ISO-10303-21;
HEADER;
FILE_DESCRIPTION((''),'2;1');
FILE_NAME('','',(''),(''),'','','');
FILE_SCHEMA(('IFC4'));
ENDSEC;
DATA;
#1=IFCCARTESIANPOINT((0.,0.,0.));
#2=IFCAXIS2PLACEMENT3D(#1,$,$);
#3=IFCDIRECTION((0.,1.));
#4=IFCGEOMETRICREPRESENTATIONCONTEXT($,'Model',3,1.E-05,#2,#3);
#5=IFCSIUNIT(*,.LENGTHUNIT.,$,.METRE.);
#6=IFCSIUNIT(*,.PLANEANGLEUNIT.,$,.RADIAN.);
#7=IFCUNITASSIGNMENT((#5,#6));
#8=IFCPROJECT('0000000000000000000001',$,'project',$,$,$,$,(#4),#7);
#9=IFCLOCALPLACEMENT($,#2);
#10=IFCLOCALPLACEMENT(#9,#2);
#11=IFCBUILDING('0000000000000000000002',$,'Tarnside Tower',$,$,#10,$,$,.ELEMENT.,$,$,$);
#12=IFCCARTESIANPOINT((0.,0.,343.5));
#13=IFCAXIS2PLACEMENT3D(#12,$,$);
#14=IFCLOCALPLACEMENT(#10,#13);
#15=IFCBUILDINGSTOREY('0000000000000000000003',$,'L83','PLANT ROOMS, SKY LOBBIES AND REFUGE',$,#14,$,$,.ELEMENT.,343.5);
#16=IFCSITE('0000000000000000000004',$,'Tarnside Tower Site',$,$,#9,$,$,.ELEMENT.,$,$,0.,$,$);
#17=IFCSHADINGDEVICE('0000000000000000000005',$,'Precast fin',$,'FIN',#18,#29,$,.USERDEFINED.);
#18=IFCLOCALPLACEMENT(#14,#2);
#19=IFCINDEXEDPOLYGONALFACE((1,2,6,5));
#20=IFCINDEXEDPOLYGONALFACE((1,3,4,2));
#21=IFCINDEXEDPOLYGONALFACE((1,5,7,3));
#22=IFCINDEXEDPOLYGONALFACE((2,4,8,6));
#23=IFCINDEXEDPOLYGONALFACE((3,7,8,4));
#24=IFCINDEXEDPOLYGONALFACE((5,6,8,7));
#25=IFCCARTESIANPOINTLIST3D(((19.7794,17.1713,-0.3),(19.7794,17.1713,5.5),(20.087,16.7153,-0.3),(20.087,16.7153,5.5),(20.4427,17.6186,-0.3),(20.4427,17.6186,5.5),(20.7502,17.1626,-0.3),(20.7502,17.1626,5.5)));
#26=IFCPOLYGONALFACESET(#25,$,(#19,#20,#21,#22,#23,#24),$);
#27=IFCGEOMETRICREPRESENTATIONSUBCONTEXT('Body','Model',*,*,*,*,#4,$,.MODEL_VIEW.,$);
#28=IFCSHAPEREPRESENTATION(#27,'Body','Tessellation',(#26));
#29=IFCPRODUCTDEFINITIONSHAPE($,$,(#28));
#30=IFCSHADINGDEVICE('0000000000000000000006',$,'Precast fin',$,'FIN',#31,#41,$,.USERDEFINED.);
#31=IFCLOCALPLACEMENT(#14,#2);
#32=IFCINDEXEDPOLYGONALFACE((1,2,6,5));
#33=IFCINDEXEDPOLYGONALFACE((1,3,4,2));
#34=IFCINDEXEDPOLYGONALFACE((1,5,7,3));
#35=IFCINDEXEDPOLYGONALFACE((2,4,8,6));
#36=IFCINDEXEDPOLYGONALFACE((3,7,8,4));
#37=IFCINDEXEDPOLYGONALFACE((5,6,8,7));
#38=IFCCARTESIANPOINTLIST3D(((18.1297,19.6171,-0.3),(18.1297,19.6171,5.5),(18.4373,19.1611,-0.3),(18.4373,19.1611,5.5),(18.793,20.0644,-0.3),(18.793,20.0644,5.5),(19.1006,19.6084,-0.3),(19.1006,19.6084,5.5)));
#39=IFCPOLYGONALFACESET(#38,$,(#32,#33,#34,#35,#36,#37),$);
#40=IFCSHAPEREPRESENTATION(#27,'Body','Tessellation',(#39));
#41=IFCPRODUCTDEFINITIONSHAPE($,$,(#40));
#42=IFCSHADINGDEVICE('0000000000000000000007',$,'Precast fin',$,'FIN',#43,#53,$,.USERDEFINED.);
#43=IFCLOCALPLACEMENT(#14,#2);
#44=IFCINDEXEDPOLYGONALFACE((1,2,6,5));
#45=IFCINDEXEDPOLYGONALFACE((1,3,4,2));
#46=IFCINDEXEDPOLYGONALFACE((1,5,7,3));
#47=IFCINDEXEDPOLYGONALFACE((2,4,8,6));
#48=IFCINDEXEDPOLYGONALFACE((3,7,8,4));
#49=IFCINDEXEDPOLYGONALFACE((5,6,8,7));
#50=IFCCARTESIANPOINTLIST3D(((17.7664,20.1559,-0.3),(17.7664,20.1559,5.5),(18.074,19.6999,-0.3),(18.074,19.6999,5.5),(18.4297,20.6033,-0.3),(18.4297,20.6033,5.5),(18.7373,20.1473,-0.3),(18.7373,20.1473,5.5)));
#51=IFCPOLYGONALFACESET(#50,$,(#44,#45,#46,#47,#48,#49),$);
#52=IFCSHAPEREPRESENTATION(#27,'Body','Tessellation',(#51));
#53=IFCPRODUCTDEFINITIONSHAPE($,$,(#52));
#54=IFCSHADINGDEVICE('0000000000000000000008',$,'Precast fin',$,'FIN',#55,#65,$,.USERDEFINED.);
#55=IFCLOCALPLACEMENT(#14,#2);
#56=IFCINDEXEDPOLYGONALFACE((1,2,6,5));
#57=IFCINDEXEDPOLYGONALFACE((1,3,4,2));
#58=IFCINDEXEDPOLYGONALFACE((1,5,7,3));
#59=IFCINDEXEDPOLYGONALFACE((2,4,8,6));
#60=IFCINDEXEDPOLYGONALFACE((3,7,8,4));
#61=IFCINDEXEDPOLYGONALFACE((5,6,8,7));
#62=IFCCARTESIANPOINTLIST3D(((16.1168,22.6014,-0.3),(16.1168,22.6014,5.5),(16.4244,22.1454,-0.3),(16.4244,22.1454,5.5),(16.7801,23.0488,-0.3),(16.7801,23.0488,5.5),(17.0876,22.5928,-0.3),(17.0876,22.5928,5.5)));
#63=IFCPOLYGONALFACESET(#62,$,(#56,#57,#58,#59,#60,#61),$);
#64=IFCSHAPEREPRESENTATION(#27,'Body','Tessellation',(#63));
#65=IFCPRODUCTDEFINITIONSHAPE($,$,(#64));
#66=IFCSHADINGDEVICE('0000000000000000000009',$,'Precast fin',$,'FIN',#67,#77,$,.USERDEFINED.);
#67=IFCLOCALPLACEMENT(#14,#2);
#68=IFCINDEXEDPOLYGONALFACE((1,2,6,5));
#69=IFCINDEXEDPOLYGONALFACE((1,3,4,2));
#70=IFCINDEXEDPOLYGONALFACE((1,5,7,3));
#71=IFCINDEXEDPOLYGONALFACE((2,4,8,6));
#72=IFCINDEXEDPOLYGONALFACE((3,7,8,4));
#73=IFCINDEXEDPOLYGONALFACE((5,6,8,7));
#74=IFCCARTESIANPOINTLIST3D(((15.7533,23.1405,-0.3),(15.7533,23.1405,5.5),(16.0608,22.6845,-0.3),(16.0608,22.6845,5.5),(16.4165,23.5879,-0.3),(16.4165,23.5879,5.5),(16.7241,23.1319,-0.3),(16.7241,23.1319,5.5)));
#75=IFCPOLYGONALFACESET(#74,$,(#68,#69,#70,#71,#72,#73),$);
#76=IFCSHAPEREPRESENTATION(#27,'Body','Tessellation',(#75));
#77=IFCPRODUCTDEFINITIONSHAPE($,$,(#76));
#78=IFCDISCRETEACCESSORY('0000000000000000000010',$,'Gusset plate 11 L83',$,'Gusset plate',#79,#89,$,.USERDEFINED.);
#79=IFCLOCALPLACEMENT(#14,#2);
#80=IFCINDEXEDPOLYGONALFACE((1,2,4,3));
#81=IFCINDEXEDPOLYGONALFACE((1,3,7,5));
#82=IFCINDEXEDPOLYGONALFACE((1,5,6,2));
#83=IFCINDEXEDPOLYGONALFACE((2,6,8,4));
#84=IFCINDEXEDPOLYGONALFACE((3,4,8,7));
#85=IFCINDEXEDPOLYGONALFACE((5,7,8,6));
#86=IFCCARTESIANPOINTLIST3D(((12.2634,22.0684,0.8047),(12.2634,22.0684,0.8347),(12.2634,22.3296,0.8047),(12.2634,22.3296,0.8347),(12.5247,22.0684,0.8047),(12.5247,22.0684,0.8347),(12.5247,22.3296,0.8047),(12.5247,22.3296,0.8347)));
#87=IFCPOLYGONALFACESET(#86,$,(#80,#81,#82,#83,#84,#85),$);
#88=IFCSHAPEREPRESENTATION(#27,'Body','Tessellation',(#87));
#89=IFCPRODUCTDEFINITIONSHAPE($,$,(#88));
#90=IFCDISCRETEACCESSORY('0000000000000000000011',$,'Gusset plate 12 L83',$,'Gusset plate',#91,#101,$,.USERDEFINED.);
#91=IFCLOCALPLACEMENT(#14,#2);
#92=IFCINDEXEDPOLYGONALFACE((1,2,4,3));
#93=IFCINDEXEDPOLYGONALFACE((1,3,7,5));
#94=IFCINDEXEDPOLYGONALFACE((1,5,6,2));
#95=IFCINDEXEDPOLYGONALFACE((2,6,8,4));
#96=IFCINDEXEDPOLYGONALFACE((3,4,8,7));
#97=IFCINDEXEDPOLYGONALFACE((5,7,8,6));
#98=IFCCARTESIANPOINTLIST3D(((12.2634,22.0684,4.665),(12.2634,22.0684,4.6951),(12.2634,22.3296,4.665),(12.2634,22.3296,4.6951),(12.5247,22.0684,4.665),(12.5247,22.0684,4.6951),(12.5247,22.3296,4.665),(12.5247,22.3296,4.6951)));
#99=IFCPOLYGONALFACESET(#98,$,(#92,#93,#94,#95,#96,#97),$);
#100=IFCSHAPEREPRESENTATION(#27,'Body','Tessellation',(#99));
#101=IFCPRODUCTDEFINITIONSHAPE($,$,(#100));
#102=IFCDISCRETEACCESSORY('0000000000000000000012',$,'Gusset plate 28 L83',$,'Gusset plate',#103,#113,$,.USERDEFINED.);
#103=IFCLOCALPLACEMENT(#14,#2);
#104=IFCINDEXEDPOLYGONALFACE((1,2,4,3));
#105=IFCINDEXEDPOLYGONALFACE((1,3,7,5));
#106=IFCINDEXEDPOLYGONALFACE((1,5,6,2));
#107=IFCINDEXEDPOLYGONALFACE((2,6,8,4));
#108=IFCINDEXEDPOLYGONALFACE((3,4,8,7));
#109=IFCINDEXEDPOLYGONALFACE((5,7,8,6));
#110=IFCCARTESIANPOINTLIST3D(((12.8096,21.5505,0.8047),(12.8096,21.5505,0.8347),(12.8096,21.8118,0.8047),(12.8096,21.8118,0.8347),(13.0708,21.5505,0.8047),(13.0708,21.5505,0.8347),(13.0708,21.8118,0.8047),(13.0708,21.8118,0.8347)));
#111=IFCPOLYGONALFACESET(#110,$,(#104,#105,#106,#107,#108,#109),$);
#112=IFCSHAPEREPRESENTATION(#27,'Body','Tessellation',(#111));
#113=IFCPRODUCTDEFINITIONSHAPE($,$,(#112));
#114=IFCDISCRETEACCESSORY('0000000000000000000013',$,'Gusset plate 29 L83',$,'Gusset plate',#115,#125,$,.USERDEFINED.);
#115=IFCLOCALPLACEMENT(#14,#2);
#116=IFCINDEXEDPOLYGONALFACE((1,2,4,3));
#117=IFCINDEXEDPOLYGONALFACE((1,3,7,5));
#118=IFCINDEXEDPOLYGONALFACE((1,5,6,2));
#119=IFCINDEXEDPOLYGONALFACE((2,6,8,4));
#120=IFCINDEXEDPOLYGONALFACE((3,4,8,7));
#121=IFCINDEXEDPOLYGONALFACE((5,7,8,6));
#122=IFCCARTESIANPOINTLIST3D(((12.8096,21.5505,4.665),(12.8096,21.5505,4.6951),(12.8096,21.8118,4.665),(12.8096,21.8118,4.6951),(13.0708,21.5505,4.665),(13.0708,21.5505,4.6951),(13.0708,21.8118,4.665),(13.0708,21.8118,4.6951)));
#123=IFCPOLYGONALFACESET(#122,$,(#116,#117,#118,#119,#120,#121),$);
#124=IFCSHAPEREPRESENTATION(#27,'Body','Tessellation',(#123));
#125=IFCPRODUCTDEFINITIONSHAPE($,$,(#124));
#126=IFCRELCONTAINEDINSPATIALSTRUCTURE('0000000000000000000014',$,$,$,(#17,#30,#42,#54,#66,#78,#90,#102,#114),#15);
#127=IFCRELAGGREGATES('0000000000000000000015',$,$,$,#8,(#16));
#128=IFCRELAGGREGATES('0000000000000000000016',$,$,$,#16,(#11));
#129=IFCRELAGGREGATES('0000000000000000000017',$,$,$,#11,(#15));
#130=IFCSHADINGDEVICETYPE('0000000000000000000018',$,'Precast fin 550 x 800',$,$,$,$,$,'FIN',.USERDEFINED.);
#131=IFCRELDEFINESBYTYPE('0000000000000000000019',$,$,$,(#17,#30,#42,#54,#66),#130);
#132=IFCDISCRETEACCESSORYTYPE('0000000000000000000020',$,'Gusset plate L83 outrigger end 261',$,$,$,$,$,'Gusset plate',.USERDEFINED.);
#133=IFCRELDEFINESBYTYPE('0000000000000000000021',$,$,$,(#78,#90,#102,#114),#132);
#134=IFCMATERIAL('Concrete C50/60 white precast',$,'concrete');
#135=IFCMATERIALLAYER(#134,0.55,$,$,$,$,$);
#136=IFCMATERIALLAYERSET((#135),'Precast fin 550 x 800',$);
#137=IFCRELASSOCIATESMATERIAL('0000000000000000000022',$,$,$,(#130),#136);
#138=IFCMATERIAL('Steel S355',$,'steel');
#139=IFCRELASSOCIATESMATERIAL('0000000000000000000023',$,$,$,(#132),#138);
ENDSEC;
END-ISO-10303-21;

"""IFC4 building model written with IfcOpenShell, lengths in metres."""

from ifc_helpers import new_model, si_unit, direction, frame, origin, origin_2d, place, context, subcontext, project, spatial, polyline, rectangle, outline, extrude, material, layer, layer_set, type_object, element, save


model = new_model("IFC4")

# Units and contexts
model_context = context("Model", 3, precision=1e-05, world=origin(), true_north=direction((0.0, 1.0)))
body_context = subcontext(model_context, "Body", "Model", "MODEL_VIEW")
ifc_project = project(units=[si_unit("LENGTHUNIT", "METRE"), si_unit("PLANEANGLEUNIT", "RADIAN")], contexts=[model_context])

# Site, building, storey
site_placement = place(None, origin())
site = spatial("IfcSite", under=ifc_project, at=site_placement, Name="Tarnside Tower Site", CompositionType="ELEMENT", RefElevation=0.0)
building_placement = place(site_placement, origin())
building = spatial("IfcBuilding", under=site, at=building_placement, Name="Tarnside Tower", CompositionType="ELEMENT")
storey_placement = place(building_placement, frame((0.0, 0.0, 343.5)))
storey = spatial("IfcBuildingStorey", under=building, at=storey_placement, Name="L83", Description="PLANT ROOMS, SKY LOBBIES AND REFUGE", CompositionType="ELEMENT", Elevation=343.5)

# Shared definitions
ifc_material_1 = material(Name="Steel S355", Category="steel")

# Shading devices
ifc_material_2 = material(Name="Concrete C50/60 white precast", Category="concrete")
ifc_layer_1 = layer(ifc_material_2, 0.55)
ifc_layer_set_1 = layer_set([ifc_layer_1], Name="Precast fin 550 x 800")
shading_device_type = type_object("IfcShadingDeviceType", Name="Precast fin 550 x 800", ElementType="FIN", PredefinedType="USERDEFINED", material=ifc_layer_set_1)
for number, where, z_axis, x_axis, name in (
    (1, (19.9331, 16.9434, -0.3), (0.559193, -0.829038, 0.0), (0.829038, 0.559193, 0.0), "Precast fin"),
    (2, (18.2834, 19.3892, -0.3), (0.559193, -0.829038, 0.0), (0.829038, 0.559193, 0.0), "Precast fin"),
    (3, (17.9202, 19.928, -0.3), (0.559193, -0.829038, 0.0), (0.829038, 0.559193, 0.0), "Precast fin"),
    (4, (16.2705, 22.3735, -0.3), (0.559193, -0.829038, 0.0), (0.829038, 0.559193, 0.0), "Precast fin"),
    (5, (15.907, 22.9126, -0.3), (0.559193, -0.829038, 0.0), (0.829038, 0.559193, 0.0), "Precast fin"),
):
    element("IfcShadingDevice", number, at=place(storey_placement, frame(where, z_axis=z_axis, x_axis=x_axis)), inside=storey, type_object=shading_device_type, Name=name, ObjectType="FIN", PredefinedType="USERDEFINED", context=body_context, shape_type="SweptSolid", body=[
        extrude(outline(polyline([(0.0, 0.0), (0.8, 0.0), (0.8, 5.8), (0.0, 5.8), (0.0, 0.0)])), frame((0.0, 0.0, -0.2749)), (0.0, 0.0, 1.0), 0.55),
    ])

# Discrete accessories
discrete_accessory_type = type_object("IfcDiscreteAccessoryType", Name="Gusset plate L83 outrigger end 261", ElementType="Gusset plate", PredefinedType="USERDEFINED", material=ifc_material_1)
for number, where, z_axis, x_axis, name in (
    (6, (12.394, 22.199, 0.8047), (0.0, 0.0, 1.0), (1.0, 0.0, 0.0), "Gusset plate 11 L83"),
    (7, (12.394, 22.199, 4.665), (0.0, 0.0, 1.0), (1.0, 0.0, 0.0), "Gusset plate 12 L83"),
    (8, (12.9402, 21.6812, 0.8047), (0.0, 0.0, 1.0), (1.0, 0.0, 0.0), "Gusset plate 28 L83"),
    (9, (12.9402, 21.6812, 4.665), (0.0, 0.0, 1.0), (1.0, 0.0, 0.0), "Gusset plate 29 L83"),
):
    element("IfcDiscreteAccessory", number, at=place(storey_placement, frame(where, z_axis=z_axis, x_axis=x_axis)), inside=storey, type_object=discrete_accessory_type, Name=name, ObjectType="Gusset plate", PredefinedType="USERDEFINED", context=body_context, shape_type="SweptSolid", body=[
        extrude(rectangle(XDim=0.2612, YDim=0.2612, at=origin_2d()), origin(), (0.0, 0.0, 1.0), 0.03),
    ])

save(model, "model.ifc")
